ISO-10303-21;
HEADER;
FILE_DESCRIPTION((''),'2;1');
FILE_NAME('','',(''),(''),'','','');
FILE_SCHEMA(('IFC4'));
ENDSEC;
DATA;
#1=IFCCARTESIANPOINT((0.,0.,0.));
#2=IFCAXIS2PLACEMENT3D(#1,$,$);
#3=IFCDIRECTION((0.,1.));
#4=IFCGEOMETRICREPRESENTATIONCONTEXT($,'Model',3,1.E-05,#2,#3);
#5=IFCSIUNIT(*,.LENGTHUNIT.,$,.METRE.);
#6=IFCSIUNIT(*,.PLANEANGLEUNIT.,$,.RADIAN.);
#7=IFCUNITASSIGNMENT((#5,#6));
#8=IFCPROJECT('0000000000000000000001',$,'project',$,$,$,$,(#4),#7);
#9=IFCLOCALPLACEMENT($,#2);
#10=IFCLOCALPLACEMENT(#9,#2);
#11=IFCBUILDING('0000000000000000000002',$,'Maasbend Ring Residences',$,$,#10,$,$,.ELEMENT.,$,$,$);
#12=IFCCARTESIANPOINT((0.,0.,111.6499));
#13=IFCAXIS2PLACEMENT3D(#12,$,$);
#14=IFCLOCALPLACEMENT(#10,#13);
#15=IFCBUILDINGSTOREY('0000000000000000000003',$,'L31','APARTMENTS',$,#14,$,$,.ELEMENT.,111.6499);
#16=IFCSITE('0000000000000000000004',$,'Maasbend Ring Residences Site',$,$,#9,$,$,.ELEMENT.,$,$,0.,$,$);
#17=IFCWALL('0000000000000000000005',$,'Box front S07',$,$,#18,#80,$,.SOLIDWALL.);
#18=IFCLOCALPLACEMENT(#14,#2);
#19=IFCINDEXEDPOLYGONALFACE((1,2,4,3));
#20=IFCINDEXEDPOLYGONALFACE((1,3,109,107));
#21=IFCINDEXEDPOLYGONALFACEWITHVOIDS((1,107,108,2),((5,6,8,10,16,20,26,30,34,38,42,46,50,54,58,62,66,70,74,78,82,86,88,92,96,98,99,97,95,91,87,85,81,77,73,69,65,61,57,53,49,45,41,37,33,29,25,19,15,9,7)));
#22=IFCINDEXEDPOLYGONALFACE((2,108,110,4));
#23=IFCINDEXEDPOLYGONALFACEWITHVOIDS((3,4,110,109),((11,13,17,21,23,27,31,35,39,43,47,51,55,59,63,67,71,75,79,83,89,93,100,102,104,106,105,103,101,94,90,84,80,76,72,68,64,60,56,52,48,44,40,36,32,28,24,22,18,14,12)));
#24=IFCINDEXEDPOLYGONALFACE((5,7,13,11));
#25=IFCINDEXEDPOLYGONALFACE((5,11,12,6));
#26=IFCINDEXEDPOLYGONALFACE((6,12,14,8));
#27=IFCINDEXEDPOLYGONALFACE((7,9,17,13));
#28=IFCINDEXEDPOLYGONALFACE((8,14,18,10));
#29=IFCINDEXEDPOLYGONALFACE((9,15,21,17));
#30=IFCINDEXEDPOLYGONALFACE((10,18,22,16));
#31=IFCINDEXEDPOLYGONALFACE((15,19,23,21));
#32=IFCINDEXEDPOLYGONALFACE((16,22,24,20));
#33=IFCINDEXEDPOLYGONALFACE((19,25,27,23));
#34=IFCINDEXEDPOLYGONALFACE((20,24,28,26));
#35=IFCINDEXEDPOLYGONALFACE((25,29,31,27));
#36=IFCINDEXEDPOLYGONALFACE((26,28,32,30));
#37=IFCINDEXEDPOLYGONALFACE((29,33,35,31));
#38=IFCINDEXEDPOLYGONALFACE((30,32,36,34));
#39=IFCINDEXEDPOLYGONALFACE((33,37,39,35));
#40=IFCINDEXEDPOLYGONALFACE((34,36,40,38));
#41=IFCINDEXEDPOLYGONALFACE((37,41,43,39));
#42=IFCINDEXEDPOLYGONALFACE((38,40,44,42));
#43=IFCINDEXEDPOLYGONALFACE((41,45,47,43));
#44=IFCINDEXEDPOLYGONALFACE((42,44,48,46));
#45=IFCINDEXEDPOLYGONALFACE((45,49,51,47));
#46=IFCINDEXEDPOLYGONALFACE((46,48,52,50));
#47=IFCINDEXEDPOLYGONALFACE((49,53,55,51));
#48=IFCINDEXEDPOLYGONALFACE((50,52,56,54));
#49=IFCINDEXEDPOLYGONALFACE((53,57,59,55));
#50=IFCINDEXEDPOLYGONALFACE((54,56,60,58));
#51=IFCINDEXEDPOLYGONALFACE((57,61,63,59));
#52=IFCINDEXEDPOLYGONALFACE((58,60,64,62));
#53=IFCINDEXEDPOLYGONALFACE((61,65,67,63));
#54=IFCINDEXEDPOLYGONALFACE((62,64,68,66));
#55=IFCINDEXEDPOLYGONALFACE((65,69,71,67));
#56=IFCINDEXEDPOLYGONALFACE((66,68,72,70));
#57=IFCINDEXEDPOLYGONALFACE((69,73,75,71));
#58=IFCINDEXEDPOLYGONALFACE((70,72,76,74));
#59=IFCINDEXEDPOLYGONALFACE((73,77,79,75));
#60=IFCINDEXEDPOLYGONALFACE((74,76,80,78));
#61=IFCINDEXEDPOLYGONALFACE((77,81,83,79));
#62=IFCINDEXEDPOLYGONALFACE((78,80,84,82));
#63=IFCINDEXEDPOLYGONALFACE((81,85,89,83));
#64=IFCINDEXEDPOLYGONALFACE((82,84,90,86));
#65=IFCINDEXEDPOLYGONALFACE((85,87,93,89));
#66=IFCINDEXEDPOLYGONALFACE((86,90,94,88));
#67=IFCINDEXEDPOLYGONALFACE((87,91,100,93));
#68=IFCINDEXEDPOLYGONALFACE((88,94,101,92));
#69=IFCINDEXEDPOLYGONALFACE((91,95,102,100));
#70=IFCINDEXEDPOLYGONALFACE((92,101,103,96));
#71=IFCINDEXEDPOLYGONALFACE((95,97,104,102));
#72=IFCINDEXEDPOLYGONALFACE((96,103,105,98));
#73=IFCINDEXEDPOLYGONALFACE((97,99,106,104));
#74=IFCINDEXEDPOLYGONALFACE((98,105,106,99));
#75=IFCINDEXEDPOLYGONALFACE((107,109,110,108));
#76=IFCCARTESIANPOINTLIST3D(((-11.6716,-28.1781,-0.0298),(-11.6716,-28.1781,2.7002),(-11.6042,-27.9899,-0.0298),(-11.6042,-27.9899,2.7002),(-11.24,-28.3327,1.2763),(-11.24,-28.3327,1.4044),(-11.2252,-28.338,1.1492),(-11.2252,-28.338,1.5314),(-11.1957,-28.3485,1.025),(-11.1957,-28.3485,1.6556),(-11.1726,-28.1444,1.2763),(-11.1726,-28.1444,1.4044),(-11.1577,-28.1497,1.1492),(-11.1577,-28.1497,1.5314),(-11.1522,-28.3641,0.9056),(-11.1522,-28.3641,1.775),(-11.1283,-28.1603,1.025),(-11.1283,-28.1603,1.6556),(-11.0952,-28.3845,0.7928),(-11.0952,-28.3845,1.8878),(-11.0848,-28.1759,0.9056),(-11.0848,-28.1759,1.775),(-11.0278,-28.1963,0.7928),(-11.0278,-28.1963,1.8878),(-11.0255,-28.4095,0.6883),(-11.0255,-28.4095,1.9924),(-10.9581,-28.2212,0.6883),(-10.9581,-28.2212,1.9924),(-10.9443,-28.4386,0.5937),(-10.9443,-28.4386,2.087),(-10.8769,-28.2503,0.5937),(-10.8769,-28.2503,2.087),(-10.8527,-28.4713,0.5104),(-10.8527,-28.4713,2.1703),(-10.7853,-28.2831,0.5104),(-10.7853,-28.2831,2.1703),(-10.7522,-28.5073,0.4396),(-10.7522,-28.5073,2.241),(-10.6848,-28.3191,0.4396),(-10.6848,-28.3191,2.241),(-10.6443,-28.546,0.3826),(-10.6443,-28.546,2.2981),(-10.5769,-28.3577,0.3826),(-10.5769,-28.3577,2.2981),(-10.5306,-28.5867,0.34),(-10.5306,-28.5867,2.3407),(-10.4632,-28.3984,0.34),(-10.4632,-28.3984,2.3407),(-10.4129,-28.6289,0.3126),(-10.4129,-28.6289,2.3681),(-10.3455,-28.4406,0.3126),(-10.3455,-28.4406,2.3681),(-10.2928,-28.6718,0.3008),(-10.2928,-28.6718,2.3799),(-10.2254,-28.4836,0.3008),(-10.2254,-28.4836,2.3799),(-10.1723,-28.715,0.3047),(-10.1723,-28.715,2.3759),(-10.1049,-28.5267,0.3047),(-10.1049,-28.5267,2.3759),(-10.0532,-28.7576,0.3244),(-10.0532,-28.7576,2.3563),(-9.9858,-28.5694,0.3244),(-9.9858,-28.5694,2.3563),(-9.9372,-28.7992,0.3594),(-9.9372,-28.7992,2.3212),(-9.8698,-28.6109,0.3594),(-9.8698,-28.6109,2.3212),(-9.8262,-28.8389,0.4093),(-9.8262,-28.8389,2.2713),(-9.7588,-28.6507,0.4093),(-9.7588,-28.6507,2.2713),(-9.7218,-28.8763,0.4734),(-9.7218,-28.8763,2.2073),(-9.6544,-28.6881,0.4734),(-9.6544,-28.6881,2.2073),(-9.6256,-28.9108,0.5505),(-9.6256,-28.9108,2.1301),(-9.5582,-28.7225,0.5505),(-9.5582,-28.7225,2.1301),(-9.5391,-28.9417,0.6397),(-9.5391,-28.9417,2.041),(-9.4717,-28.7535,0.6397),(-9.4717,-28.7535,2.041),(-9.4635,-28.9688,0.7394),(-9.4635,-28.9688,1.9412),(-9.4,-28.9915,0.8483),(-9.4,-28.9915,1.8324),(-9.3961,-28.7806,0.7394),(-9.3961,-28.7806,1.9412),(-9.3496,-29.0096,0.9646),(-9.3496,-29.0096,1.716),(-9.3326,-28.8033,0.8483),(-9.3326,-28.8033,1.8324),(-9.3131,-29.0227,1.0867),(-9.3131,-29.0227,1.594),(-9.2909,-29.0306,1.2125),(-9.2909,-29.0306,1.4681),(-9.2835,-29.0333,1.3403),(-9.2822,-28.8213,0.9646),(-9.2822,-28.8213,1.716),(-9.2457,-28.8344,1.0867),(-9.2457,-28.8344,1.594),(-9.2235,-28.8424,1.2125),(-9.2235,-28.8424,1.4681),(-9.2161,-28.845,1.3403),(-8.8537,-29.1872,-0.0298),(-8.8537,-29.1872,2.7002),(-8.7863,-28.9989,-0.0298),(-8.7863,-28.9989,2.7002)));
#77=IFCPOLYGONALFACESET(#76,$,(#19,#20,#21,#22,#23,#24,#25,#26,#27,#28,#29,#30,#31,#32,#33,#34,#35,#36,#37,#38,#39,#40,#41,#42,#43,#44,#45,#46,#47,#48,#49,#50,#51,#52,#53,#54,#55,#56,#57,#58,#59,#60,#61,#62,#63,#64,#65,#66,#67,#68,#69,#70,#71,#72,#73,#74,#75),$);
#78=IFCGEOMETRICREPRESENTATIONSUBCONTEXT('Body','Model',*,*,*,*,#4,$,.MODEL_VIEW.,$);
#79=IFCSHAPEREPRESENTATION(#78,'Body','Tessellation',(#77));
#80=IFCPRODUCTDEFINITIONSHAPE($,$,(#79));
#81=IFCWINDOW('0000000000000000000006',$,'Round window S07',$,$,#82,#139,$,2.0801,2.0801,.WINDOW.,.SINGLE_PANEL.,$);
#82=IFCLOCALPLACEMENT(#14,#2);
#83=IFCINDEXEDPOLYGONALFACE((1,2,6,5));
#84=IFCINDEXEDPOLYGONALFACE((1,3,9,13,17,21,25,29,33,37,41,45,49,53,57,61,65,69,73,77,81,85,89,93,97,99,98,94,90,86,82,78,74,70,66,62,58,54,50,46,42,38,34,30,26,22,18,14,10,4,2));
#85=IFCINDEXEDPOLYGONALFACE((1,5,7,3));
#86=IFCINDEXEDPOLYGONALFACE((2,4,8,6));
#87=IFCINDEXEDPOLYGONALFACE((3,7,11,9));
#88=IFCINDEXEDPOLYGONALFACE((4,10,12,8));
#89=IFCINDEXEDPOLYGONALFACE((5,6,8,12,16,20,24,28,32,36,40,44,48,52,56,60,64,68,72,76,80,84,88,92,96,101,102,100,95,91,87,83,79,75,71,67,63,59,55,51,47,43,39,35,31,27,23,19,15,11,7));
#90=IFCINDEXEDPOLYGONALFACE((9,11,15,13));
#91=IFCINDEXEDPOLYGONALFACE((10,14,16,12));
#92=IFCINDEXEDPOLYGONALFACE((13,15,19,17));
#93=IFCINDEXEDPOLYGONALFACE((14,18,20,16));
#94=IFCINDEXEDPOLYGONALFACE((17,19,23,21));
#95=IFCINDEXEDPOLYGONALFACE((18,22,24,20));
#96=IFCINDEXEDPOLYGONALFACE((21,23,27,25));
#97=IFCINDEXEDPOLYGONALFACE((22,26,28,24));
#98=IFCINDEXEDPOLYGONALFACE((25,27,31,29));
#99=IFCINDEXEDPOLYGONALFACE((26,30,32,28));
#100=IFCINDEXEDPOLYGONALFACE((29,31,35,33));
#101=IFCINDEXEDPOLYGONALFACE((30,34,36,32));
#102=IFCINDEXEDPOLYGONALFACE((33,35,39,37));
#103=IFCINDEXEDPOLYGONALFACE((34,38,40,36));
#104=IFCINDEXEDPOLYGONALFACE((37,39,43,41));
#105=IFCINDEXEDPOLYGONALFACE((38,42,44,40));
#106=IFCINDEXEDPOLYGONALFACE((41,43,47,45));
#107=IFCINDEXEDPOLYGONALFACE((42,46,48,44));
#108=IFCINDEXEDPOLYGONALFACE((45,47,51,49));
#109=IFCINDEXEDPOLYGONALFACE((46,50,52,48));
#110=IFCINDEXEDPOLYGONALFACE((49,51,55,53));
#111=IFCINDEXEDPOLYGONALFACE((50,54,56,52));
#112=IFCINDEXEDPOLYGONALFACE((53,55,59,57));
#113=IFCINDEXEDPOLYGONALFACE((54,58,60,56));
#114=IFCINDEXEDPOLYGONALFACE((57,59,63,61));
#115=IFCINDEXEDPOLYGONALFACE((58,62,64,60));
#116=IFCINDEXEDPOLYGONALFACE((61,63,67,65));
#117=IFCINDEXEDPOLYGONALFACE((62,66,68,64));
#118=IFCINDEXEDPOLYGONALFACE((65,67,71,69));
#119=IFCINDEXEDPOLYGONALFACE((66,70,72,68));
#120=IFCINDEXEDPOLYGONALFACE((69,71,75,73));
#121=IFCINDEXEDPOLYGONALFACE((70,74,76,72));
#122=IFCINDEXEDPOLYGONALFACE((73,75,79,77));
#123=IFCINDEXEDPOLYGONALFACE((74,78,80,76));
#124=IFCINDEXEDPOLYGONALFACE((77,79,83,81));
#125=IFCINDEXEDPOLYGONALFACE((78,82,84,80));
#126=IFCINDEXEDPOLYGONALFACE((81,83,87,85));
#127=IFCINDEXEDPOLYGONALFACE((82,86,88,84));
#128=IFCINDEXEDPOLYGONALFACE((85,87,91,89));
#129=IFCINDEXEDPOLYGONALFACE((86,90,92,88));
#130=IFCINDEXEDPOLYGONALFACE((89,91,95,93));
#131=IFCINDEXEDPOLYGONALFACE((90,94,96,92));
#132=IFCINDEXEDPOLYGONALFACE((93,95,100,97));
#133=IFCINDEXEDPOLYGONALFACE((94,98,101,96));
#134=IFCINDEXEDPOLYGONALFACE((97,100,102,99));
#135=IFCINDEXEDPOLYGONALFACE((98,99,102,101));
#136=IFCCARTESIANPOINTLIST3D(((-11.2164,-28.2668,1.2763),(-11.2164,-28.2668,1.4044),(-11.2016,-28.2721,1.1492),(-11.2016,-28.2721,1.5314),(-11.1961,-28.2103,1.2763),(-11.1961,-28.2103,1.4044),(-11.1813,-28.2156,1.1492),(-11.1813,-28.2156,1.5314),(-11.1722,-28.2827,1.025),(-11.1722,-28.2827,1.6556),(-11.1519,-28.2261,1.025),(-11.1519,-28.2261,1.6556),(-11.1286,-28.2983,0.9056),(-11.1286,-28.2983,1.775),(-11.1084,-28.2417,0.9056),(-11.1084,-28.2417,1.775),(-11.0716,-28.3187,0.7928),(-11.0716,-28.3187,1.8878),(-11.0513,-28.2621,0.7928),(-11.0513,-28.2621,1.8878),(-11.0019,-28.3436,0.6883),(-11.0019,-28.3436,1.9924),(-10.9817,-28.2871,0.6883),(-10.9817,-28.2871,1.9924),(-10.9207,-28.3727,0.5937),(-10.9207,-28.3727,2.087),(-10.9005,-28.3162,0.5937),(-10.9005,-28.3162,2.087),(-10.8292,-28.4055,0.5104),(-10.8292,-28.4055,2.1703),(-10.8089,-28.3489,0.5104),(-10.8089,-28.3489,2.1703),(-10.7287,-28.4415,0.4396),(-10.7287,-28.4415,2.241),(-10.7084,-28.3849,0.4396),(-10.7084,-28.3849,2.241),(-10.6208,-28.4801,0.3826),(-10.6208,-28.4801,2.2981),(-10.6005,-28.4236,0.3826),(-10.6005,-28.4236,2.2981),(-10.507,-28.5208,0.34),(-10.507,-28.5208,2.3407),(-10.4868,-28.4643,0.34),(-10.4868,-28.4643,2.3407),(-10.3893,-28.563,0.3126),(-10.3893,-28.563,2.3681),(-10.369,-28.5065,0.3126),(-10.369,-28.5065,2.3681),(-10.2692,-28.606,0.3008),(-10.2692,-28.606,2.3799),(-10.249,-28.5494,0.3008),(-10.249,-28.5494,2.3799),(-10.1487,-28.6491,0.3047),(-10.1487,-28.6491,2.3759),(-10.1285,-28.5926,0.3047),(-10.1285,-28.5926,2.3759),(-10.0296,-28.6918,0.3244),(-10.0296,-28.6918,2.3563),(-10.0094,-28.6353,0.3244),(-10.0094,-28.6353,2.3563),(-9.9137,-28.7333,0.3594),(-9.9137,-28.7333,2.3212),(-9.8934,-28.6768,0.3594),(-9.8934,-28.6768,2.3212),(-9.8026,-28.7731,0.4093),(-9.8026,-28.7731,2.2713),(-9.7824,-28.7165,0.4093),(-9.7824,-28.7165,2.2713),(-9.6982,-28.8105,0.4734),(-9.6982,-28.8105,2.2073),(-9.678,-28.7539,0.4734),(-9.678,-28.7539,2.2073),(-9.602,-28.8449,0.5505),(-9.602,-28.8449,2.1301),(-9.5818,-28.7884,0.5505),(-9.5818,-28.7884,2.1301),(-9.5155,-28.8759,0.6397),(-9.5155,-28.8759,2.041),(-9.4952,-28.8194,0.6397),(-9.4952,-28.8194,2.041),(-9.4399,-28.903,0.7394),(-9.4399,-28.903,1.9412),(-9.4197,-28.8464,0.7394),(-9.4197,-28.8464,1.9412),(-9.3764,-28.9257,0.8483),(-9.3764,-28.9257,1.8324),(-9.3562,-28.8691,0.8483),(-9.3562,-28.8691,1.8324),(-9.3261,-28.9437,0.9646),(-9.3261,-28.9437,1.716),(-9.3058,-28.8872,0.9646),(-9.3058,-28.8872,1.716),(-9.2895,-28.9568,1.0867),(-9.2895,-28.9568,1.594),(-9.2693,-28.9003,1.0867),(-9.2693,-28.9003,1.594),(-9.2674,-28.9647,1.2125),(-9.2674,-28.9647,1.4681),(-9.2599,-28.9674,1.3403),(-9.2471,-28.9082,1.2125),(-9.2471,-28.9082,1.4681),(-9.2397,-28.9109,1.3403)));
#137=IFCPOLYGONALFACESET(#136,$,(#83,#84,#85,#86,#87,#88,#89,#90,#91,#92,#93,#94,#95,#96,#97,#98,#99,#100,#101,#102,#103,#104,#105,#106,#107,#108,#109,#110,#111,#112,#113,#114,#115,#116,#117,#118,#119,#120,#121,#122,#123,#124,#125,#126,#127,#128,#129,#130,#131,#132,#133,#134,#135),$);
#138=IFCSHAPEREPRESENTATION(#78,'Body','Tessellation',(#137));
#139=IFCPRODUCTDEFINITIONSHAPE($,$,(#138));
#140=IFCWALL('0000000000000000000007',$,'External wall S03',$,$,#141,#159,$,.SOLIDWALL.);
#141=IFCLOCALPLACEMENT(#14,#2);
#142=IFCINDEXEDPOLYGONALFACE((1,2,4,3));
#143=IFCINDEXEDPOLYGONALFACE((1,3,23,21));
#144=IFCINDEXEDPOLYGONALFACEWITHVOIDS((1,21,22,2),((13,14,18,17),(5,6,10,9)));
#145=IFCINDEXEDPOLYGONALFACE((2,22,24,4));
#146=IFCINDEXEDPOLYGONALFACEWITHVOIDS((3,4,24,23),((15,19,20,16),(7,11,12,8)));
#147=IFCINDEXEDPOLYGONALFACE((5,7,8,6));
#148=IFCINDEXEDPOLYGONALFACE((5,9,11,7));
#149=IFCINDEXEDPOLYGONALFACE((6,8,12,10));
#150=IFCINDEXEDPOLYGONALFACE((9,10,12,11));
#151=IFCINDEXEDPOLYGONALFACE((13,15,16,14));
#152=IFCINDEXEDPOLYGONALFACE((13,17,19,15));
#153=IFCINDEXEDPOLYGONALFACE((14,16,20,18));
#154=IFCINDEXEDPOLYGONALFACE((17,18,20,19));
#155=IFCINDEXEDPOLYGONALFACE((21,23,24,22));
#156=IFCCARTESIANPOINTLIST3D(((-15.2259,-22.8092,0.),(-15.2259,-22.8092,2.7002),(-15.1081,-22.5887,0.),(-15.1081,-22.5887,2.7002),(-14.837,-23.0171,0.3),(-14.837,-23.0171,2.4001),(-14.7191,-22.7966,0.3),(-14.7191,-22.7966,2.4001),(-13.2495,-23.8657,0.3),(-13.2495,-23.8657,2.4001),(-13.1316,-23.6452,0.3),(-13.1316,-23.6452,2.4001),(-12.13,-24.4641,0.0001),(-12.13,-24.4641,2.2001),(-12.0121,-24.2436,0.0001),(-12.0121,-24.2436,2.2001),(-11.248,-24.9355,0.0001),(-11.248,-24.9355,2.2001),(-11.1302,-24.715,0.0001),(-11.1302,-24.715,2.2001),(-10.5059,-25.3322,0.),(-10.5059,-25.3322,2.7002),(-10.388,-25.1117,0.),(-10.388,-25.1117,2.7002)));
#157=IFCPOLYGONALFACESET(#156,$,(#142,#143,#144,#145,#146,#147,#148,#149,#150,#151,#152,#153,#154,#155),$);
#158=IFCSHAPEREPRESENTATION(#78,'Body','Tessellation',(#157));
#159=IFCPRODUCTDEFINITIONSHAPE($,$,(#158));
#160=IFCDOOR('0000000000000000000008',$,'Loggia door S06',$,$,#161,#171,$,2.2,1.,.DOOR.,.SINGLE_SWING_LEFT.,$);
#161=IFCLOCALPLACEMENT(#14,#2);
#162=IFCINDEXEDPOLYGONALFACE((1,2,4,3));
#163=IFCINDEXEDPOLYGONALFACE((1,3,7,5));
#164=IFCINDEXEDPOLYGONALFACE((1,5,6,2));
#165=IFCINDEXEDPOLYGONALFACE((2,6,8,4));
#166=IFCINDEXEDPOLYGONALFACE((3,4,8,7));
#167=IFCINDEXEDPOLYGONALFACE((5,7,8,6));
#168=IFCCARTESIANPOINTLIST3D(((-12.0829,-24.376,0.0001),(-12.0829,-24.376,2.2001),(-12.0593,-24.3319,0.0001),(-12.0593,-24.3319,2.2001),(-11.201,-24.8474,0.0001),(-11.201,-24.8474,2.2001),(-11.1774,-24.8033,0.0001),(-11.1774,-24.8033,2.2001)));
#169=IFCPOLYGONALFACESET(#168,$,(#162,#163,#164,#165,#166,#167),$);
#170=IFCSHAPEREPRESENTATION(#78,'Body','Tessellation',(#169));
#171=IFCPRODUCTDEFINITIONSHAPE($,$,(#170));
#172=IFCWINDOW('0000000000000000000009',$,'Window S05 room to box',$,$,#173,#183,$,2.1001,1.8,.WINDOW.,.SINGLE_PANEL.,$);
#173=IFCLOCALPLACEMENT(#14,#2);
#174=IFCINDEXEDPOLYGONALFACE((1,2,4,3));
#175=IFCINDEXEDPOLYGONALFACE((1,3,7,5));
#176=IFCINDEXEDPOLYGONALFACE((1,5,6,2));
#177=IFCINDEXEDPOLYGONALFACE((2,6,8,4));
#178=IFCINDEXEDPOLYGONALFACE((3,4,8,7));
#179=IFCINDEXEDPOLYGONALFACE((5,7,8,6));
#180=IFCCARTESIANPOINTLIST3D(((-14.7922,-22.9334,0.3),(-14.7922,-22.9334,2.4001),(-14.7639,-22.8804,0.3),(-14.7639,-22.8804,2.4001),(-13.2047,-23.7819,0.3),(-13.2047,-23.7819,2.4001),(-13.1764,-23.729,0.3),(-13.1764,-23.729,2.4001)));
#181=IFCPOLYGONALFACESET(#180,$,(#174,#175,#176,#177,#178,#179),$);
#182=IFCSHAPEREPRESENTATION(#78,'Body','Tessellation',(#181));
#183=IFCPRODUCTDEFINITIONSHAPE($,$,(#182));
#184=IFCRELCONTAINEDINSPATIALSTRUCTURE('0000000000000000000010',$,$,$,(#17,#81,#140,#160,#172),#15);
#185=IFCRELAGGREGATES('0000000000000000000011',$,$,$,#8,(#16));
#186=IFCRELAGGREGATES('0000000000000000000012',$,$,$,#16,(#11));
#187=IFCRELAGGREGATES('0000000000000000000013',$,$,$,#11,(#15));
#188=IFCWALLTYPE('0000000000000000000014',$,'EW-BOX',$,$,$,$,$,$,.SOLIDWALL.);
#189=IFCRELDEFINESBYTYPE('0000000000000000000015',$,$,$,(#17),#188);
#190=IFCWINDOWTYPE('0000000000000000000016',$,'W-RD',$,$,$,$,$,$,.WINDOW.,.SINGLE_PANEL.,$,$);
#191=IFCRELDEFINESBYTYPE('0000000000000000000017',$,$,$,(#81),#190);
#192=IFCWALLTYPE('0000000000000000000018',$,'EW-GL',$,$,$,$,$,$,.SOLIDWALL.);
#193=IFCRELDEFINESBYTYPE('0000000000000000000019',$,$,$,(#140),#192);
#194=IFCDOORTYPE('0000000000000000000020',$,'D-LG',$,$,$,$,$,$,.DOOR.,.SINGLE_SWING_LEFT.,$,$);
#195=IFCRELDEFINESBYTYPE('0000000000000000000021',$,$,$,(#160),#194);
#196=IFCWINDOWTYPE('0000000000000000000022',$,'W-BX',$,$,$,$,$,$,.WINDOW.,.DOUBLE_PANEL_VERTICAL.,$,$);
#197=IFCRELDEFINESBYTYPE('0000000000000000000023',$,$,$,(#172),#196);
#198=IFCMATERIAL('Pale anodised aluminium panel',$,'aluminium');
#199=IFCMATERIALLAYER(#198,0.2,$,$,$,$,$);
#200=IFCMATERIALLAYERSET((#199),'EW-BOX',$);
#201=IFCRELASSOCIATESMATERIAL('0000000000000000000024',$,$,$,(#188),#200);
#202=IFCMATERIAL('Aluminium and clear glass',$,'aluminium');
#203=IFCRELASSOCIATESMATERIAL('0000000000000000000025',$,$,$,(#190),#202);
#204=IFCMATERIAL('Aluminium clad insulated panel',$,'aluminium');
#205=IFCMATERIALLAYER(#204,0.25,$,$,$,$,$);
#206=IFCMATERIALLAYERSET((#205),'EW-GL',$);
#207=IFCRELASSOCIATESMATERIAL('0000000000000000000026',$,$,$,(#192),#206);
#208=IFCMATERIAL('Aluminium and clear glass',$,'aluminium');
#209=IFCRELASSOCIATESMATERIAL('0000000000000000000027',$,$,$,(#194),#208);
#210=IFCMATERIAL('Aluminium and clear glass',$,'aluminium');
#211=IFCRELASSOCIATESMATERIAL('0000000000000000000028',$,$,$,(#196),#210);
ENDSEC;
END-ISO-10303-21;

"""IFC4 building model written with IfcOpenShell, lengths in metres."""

from ifc_helpers import new_model, si_unit, direction, frame, frame_2d, origin, place, context, subcontext, project, spatial, rectangle, circle, extrude, material, layer, layer_set, type_object, element, fill, save


model = new_model("IFC4")

# Units and contexts
model_context = context("Model", 3, precision=1e-05, world=origin(), true_north=direction((0.0, 1.0)))
body_context = subcontext(model_context, "Body", "Model", "MODEL_VIEW")
ifc_project = project(units=[si_unit("LENGTHUNIT", "METRE"), si_unit("PLANEANGLEUNIT", "RADIAN")], contexts=[model_context])

# Site, building, storey
site_placement = place(None, origin())
site = spatial("IfcSite", under=ifc_project, at=site_placement, Name="Maasbend Ring Residences Site", CompositionType="ELEMENT", RefElevation=0.0)
building_placement = place(site_placement, origin())
building = spatial("IfcBuilding", under=site, at=building_placement, Name="Maasbend Ring Residences", CompositionType="ELEMENT")
storey_placement = place(building_placement, frame((0.0, 0.0, 111.6499)))
storey = spatial("IfcBuildingStorey", under=building, at=storey_placement, Name="L31", Description="APARTMENTS", CompositionType="ELEMENT", Elevation=111.6499)

# Shared definitions
ifc_material_1 = material(Name="Pale anodised aluminium panel", Category="aluminium")
ifc_layer_1 = layer(ifc_material_1, 0.2)
ifc_layer_set_1 = layer_set([ifc_layer_1], Name="EW-BOX")
wall_type_1 = type_object("IfcWallType", Name="EW-BOX", PredefinedType="SOLIDWALL", material=ifc_layer_set_1)
ifc_material_2 = material(Name="Aluminium and clear glass", Category="aluminium")
window_type_1 = type_object("IfcWindowType", Name="W-RD", PartitioningType="SINGLE_PANEL", PredefinedType="WINDOW", material=ifc_material_2)

# Wall, opening, window
wall_1_placement = place(storey_placement, frame((-11.6379, -28.084, -0.0298), z_axis=(0.0, 0.0, 1.0), x_axis=(0.941461, -0.337122, 0.0)))
wall_1 = element("IfcWall", 1, at=wall_1_placement, inside=storey, type_object=wall_type_1, Name="Box front S07", PredefinedType="SOLIDWALL", context=body_context, shape_type="SweptSolid", body=[
    extrude(rectangle(XDim=2.9932, YDim=0.2, at=frame_2d((1.4966, 0.0))), origin(), (0.0, 0.0, 1.0), 2.73),
])
opening_1_placement = place(wall_1_placement, frame((0.4565, 0.0, 0.3301)))
opening_1 = element("IfcOpeningElement", 2, at=opening_1_placement, cuts=wall_1, PredefinedType="OPENING", context=body_context, shape_type="SweptSolid", body=[
    extrude(circle(Radius=1.04, at=frame_2d((1.04, 1.04))), frame((0.0, 0.1099, 0.0), z_axis=(0.0, -1.0, 0.0), x_axis=(1.0, 0.0, 0.0)), (0.0, 0.0, 1.0), 0.22),
])
window_1_placement = place(opening_1_placement, origin())
window_1 = element("IfcWindow", 3, at=window_1_placement, inside=storey, type_object=window_type_1, Name="Round window S07", OverallHeight=2.0801, OverallWidth=2.0801, PartitioningType="SINGLE_PANEL", PredefinedType="WINDOW", context=body_context, shape_type="SweptSolid", body=[
    extrude(circle(Radius=1.04, at=frame_2d((1.04, 1.04))), frame((0.0, 0.03, 0.0), z_axis=(0.0, -1.0, 0.0), x_axis=(1.0, 0.0, 0.0)), (0.0, 0.0, 1.0), 0.0601),
])
fill(opening_1, window_1)

# Wall, openings, door, window
ifc_material_3 = material(Name="Aluminium clad insulated panel", Category="aluminium")
ifc_layer_2 = layer(ifc_material_3, 0.25)
ifc_layer_set_2 = layer_set([ifc_layer_2], Name="EW-GL")
wall_type_2 = type_object("IfcWallType", Name="EW-GL", PredefinedType="SOLIDWALL", material=ifc_layer_set_2)
wall_2_placement = place(storey_placement, frame((-15.167, -22.699, 0.0), z_axis=(0.0, 0.0, 1.0), x_axis=(0.881916, -0.471407, 0.0)))
wall_2 = element("IfcWall", 4, at=wall_2_placement, inside=storey, type_object=wall_type_2, Name="External wall S03", PredefinedType="SOLIDWALL", context=body_context, shape_type="SweptSolid", body=[
    extrude(rectangle(XDim=5.3521, YDim=0.25, at=frame_2d((2.676, 0.0))), origin(), (0.0, 0.0, 1.0), 2.7002),
])
opening_2_placement = place(wall_2_placement, frame((0.4412, 0.0, 0.3)))
opening_2 = element("IfcOpeningElement", 5, at=opening_2_placement, cuts=wall_2, PredefinedType="OPENING", context=body_context, shape_type="SweptSolid", body=[
    extrude(rectangle(XDim=1.8, YDim=2.1001, at=frame_2d((0.8999, 1.05))), frame((0.0, 0.135, 0.0), z_axis=(0.0, -1.0, 0.0), x_axis=(1.0, 0.0, 0.0)), (0.0, 0.0, 1.0), 0.27),
])
opening_3_placement = place(wall_2_placement, frame((3.5105, 0.0, 0.0)))
opening_3 = element("IfcOpeningElement", 6, at=opening_3_placement, cuts=wall_2, PredefinedType="OPENING", context=body_context, shape_type="SweptSolid", body=[
    extrude(rectangle(XDim=1.0, YDim=2.2, at=frame_2d((0.5, 1.1001))), frame((0.0, 0.135, 0.0), z_axis=(0.0, -1.0, 0.0), x_axis=(1.0, 0.0, 0.0)), (0.0, 0.0, 1.0), 0.27),
])
ifc_material_4 = material(Name="Aluminium and clear glass", Category="aluminium")
door_type_1 = type_object("IfcDoorType", Name="D-LG", OperationType="SINGLE_SWING_LEFT", PredefinedType="DOOR", material=ifc_material_4)
door_1_placement = place(opening_3_placement, origin())
door_1 = element("IfcDoor", 7, at=door_1_placement, inside=storey, type_object=door_type_1, Name="Loggia door S06", OperationType="SINGLE_SWING_LEFT", OverallHeight=2.2, OverallWidth=1.0, PredefinedType="DOOR", context=body_context, shape_type="SweptSolid", body=[
    extrude(rectangle(XDim=1.0, YDim=2.2, at=frame_2d((0.5, 1.1001))), frame((0.0, 0.0249, 0.0), z_axis=(0.0, -1.0, 0.0), x_axis=(1.0, 0.0, 0.0)), (0.0, 0.0, 1.0), 0.05),
])
fill(opening_3, door_1)
ifc_material_5 = material(Name="Aluminium and clear glass", Category="aluminium")
window_type_2 = type_object("IfcWindowType", Name="W-BX", PartitioningType="DOUBLE_PANEL_VERTICAL", PredefinedType="WINDOW", material=ifc_material_5)
window_2_placement = place(opening_2_placement, origin())
window_2 = element("IfcWindow", 8, at=window_2_placement, inside=storey, type_object=window_type_2, Name="Window S05 room to box", OverallHeight=2.1001, OverallWidth=1.8, PartitioningType="SINGLE_PANEL", PredefinedType="WINDOW", context=body_context, shape_type="SweptSolid", body=[
    extrude(rectangle(XDim=1.8, YDim=2.1001, at=frame_2d((0.8999, 1.05))), frame((0.0, 0.03, 0.0), z_axis=(0.0, -1.0, 0.0), x_axis=(1.0, 0.0, 0.0)), (0.0, 0.0, 1.0), 0.0601),
])
fill(opening_2, window_2)

save(model, "model.ifc")
